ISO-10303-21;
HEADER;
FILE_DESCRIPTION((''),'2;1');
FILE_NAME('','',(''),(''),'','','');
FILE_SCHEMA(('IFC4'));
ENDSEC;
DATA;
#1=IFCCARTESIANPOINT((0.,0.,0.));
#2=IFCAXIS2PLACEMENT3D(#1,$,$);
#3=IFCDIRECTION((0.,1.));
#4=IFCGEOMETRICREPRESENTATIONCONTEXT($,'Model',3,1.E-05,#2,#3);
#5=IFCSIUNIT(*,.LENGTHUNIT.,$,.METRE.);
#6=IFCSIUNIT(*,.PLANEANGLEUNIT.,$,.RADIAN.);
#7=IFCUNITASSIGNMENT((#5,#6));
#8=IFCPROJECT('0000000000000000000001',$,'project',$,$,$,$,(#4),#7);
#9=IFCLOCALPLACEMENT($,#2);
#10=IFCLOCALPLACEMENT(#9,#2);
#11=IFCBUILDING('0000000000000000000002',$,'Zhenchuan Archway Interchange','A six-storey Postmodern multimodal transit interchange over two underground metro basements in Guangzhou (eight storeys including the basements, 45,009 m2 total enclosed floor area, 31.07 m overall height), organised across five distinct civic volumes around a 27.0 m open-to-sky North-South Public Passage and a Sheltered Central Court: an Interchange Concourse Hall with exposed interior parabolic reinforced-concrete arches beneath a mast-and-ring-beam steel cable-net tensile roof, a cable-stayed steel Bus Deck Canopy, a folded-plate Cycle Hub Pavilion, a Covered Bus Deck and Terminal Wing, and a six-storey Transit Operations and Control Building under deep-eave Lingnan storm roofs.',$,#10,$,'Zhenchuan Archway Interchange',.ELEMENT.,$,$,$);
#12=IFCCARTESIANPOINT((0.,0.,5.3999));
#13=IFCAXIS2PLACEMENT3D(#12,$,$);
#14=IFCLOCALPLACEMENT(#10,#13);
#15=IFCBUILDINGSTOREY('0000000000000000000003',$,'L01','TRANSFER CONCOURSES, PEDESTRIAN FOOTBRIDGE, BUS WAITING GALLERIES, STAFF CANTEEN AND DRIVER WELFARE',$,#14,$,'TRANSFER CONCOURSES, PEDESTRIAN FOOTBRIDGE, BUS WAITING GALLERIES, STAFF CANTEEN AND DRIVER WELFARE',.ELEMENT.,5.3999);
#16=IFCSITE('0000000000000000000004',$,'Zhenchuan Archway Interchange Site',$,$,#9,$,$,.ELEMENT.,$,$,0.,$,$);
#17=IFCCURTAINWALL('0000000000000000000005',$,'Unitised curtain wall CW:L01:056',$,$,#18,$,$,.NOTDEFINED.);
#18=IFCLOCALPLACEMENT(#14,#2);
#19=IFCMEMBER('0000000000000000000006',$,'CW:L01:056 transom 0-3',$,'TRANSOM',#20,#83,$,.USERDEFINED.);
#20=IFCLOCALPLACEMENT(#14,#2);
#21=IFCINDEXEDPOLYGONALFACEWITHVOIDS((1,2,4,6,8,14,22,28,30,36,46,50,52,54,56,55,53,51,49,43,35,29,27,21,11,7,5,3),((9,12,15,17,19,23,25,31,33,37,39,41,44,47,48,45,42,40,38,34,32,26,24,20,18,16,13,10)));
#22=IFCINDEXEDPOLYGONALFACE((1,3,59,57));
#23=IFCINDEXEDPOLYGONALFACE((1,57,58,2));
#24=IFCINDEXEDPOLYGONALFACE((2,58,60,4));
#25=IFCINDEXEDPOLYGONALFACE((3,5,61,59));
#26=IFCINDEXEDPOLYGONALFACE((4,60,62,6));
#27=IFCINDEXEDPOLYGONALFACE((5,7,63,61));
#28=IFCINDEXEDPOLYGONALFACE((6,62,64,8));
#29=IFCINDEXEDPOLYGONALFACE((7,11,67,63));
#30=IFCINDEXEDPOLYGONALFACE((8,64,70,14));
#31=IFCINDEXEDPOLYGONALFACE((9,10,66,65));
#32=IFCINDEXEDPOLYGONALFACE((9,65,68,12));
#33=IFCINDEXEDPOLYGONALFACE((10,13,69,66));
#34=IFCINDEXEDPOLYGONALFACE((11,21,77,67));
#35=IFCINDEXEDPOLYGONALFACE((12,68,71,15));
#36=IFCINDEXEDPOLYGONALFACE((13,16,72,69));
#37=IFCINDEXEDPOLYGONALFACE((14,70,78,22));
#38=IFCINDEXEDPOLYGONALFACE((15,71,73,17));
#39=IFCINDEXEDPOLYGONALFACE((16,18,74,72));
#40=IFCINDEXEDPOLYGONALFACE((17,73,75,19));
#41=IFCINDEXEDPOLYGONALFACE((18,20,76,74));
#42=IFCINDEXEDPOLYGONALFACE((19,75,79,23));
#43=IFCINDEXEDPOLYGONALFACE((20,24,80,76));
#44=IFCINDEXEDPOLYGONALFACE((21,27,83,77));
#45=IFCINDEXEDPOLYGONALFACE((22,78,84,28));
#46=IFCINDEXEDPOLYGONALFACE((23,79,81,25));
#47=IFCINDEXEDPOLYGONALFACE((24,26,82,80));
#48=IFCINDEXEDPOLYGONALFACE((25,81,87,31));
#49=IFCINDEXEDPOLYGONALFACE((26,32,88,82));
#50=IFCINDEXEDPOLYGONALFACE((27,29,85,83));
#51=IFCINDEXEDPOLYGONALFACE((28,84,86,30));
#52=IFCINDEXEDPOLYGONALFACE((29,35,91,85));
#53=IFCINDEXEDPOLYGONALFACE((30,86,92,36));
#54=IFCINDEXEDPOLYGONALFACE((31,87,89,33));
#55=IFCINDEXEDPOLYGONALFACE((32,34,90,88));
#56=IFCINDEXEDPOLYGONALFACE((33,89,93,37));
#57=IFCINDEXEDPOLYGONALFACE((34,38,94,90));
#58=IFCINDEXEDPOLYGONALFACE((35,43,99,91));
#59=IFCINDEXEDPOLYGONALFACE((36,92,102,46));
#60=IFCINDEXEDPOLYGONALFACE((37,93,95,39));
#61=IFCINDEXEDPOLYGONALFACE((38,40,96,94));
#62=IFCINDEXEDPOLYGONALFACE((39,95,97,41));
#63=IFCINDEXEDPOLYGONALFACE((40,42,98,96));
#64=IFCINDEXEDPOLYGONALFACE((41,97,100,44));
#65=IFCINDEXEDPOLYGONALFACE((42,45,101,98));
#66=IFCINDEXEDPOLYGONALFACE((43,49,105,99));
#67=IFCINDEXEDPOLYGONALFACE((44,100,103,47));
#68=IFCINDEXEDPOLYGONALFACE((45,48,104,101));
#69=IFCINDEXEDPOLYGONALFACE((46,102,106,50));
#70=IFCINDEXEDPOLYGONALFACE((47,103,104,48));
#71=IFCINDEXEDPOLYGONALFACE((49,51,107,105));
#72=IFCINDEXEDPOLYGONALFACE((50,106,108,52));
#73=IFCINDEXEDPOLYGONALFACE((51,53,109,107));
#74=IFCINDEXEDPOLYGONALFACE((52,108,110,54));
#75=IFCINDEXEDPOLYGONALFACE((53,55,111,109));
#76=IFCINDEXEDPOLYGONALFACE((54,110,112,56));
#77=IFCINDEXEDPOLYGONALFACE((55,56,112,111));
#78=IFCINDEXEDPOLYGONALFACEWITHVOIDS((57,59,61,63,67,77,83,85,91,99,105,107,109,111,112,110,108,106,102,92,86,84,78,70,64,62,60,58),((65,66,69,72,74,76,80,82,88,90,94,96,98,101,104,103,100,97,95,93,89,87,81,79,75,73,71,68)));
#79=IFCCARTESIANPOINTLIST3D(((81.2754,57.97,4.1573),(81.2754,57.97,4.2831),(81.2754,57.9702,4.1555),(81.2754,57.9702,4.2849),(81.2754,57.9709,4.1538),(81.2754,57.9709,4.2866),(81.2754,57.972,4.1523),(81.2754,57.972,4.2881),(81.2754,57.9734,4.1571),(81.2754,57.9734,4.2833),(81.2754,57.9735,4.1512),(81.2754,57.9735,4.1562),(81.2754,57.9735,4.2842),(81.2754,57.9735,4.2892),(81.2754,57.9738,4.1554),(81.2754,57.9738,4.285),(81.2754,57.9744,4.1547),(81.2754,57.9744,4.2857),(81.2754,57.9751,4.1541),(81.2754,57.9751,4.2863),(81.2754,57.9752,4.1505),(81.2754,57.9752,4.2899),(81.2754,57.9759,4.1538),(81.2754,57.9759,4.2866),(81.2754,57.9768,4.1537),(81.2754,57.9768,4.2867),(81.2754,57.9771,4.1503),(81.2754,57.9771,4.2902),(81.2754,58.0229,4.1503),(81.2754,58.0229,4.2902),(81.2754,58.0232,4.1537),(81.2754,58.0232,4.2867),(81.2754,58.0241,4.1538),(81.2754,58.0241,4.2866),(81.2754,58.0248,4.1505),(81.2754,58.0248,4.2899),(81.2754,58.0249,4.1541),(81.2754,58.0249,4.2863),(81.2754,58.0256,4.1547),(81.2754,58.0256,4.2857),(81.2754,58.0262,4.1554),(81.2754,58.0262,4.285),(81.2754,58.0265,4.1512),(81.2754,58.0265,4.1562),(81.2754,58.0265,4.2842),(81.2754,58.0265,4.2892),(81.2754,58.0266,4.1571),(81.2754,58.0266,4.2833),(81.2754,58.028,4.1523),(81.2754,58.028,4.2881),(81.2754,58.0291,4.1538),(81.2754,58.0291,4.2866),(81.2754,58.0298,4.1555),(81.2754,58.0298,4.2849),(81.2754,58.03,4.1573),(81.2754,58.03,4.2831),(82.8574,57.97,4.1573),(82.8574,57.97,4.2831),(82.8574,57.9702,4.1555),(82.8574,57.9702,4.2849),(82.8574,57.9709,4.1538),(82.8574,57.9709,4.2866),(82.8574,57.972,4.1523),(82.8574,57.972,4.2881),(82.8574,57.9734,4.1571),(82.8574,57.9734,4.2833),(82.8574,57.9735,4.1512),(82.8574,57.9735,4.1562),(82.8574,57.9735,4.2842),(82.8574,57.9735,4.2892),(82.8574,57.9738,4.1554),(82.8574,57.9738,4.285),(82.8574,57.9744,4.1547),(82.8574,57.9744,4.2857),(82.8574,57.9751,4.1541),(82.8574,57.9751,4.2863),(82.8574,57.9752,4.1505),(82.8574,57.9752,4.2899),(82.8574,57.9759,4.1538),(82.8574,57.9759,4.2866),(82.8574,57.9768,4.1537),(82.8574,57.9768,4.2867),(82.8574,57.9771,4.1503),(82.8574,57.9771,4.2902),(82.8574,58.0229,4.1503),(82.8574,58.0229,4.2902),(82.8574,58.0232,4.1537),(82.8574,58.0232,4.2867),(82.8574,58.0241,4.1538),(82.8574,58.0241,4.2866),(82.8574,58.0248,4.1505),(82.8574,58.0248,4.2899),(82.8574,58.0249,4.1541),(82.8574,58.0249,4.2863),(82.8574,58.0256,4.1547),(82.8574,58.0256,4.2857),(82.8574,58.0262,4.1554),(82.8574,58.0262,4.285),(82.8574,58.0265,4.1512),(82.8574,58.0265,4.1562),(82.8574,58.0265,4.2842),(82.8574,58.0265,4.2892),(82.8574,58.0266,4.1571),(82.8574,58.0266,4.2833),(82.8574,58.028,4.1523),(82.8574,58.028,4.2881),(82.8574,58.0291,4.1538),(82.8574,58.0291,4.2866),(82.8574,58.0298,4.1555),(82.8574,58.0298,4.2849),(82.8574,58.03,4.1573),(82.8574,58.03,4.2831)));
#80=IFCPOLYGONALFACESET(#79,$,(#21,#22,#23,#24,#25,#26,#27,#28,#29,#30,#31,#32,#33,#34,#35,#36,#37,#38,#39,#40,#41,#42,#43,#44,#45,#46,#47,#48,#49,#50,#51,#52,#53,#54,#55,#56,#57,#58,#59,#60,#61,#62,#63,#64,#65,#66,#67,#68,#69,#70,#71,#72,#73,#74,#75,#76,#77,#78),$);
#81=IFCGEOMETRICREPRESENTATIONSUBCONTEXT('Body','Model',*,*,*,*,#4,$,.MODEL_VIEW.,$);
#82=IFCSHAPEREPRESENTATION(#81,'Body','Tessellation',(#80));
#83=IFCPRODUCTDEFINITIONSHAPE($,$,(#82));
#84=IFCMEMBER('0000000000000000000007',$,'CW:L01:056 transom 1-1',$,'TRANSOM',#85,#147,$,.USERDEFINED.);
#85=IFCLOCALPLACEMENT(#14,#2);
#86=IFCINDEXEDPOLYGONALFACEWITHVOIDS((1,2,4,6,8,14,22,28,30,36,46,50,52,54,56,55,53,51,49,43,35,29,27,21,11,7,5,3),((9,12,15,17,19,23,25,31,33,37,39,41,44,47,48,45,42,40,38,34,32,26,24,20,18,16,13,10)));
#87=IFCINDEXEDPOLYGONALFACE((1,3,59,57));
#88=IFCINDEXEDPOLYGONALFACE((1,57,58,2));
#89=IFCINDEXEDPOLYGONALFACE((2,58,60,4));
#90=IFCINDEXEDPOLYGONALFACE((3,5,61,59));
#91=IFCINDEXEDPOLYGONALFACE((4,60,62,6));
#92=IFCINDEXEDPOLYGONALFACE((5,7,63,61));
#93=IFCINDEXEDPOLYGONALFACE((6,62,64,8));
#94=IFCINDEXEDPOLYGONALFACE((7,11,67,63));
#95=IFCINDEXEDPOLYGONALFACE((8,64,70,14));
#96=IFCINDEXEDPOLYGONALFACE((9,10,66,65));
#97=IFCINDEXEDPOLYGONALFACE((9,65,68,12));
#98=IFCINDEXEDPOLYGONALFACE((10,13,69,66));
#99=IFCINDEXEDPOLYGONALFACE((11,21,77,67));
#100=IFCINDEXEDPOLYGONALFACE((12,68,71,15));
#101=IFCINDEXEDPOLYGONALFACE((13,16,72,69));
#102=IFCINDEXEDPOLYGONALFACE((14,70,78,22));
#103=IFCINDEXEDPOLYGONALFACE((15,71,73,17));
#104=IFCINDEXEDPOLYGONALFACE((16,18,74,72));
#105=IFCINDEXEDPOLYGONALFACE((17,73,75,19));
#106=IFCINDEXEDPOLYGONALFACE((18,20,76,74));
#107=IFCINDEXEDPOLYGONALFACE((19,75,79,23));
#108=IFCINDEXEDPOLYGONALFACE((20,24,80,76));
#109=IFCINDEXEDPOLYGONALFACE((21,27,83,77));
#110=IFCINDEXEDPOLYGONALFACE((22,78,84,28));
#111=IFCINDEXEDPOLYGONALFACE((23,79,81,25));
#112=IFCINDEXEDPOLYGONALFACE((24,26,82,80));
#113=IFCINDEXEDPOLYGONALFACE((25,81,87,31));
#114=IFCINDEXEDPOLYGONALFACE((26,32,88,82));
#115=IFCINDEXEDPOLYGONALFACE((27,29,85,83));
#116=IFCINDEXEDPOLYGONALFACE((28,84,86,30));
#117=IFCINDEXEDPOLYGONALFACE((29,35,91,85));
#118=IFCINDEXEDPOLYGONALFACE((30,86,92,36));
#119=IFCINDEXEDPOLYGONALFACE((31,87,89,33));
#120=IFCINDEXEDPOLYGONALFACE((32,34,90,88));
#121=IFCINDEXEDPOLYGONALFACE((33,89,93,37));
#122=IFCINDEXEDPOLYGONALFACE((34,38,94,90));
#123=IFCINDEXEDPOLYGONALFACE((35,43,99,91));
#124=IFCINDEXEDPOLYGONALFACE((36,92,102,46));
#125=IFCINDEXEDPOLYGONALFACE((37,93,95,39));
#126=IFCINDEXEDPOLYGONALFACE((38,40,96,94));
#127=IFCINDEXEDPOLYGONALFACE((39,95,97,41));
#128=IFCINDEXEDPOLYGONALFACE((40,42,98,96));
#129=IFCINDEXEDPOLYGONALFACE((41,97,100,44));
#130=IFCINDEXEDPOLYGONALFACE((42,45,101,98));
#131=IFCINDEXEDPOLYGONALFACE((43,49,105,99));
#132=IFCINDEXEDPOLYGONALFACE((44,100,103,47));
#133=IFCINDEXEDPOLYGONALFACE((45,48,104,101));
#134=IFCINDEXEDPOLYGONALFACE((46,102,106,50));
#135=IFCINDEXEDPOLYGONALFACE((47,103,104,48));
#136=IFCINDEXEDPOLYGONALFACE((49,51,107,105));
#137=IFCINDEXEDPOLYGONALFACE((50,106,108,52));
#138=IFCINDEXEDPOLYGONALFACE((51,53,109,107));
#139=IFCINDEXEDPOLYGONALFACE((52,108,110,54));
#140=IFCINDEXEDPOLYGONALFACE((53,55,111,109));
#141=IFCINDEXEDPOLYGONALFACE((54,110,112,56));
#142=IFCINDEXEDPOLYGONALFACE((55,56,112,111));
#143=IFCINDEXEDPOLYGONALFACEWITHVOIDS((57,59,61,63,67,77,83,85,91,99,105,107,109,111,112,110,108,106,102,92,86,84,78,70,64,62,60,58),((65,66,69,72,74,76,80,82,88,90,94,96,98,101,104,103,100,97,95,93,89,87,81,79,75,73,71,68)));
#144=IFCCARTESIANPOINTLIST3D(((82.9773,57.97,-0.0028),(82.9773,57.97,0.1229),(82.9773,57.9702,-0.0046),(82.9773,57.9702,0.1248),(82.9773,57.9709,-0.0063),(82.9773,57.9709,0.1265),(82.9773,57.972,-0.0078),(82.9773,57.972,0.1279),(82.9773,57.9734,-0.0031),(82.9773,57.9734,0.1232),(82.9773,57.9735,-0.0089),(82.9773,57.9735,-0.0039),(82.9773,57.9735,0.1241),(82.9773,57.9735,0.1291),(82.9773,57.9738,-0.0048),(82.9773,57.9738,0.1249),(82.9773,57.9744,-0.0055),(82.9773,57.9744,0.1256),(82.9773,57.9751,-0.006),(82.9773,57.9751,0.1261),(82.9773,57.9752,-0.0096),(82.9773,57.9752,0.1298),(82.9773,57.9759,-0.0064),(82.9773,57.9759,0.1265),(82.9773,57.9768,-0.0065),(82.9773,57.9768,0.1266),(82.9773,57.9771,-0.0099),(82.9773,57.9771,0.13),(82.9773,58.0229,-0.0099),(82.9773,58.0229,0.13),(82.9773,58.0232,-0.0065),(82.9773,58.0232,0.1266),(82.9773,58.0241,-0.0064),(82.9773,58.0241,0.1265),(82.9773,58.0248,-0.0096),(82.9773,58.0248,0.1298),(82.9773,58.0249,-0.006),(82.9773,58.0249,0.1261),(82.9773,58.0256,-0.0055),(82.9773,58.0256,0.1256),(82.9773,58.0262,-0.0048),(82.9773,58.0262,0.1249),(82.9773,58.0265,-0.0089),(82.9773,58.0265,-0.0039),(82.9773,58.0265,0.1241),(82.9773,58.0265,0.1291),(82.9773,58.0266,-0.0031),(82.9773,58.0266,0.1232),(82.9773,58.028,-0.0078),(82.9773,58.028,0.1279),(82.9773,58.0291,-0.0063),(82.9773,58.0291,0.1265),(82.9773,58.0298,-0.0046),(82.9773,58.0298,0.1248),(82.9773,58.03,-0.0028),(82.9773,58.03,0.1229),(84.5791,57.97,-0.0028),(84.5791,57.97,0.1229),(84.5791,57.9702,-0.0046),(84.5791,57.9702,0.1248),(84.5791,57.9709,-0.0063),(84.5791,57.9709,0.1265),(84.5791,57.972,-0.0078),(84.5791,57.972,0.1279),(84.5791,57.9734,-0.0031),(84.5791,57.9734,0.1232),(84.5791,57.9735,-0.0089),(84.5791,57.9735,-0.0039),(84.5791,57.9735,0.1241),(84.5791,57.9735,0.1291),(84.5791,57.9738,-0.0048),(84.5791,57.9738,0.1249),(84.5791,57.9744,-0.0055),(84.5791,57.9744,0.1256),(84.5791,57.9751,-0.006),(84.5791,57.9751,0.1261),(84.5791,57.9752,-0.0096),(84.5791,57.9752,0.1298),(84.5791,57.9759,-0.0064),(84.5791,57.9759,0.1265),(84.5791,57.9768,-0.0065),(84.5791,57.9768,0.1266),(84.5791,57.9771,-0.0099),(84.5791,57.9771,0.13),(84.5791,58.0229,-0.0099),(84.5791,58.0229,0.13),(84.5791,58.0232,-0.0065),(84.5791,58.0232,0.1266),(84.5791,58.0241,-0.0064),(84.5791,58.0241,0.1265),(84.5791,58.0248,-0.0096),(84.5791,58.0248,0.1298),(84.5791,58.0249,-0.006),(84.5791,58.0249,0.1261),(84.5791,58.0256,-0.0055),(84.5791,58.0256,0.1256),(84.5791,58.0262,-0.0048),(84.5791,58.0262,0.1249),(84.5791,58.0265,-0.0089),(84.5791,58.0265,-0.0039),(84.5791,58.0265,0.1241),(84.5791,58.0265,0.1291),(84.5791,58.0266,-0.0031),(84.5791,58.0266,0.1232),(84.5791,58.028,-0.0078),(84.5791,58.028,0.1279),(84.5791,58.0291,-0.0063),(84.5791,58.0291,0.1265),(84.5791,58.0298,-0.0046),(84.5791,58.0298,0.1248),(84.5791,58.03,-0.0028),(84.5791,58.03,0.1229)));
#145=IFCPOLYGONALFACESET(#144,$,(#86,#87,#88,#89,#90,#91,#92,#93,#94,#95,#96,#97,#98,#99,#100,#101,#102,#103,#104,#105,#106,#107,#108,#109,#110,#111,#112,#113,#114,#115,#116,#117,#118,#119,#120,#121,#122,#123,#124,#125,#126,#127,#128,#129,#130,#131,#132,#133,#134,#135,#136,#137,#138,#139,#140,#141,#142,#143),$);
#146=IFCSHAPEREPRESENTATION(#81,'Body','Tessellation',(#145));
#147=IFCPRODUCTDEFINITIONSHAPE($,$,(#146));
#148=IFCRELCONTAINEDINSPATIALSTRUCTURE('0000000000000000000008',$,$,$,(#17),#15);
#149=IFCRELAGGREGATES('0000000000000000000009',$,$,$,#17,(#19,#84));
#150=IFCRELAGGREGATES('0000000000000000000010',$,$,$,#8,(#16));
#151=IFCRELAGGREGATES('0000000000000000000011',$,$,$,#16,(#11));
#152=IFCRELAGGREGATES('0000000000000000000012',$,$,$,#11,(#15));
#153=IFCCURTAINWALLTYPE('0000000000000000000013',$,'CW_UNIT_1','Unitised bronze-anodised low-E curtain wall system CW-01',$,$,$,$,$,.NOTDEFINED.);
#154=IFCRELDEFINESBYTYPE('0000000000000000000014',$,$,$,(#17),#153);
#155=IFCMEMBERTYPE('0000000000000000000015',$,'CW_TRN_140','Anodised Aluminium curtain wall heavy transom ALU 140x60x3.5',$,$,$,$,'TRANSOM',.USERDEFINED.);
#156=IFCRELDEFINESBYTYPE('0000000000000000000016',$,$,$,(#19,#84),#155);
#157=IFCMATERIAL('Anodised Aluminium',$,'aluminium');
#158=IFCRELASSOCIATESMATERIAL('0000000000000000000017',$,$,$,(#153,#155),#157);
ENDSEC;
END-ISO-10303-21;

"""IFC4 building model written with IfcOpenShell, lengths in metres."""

from ifc_helpers import new_model, si_unit, direction, frame, origin, origin_2d, place, context, subcontext, project, spatial, hollow_rectangle, extrude, material, material_profile, profile_set, type_object, element, aggregate, save


model = new_model("IFC4")

# Units and contexts
model_context = context("Model", 3, precision=1e-05, world=origin(), true_north=direction((0.0, 1.0)))
body_context = subcontext(model_context, "Body", "Model", "MODEL_VIEW")
ifc_project = project(units=[si_unit("LENGTHUNIT", "METRE"), si_unit("PLANEANGLEUNIT", "RADIAN")], contexts=[model_context])

# Site, building, storey
site_placement = place(None, origin())
site = spatial("IfcSite", under=ifc_project, at=site_placement, Name="Zhenchuan Archway Interchange Site", CompositionType="ELEMENT", RefElevation=0.0)
building_placement = place(site_placement, origin())
building = spatial("IfcBuilding", under=site, at=building_placement, Name="Zhenchuan Archway Interchange", Description="A six-storey Postmodern multimodal transit interchange over two underground metro basements in Guangzhou (eight storeys including the basements, 45,009 m2 total enclosed floor area, 31.07 m overall height), organised across five distinct civic volumes around a 27.0 m open-to-sky North-South Public Passage and a Sheltered Central Court: an Interchange Concourse Hall with exposed interior parabolic reinforced-concrete arches beneath a mast-and-ring-beam steel cable-net tensile roof, a cable-stayed steel Bus Deck Canopy, a folded-plate Cycle Hub Pavilion, a Covered Bus Deck and Terminal Wing, and a six-storey Transit Operations and Control Building under deep-eave Lingnan storm roofs.", LongName="Zhenchuan Archway Interchange", CompositionType="ELEMENT")
storey_placement = place(building_placement, frame((0.0, 0.0, 5.3999)))
storey = spatial("IfcBuildingStorey", under=building, at=storey_placement, Name="L01", Description="TRANSFER CONCOURSES, PEDESTRIAN FOOTBRIDGE, BUS WAITING GALLERIES, STAFF CANTEEN AND DRIVER WELFARE", LongName="TRANSFER CONCOURSES, PEDESTRIAN FOOTBRIDGE, BUS WAITING GALLERIES, STAFF CANTEEN AND DRIVER WELFARE", CompositionType="ELEMENT", Elevation=5.3999)

# Shared definitions
ifc_material_1 = material(Name="Anodised Aluminium", Category="aluminium")

# Curtain wall
curtain_wall_type_1 = type_object("IfcCurtainWallType", Name="CW_UNIT_1", Description="Unitised bronze-anodised low-E curtain wall system CW-01", PredefinedType="NOTDEFINED", material=ifc_material_1)
curtain_wall_1_placement = place(storey_placement, origin())
curtain_wall_1 = element("IfcCurtainWall", 1, at=curtain_wall_1_placement, inside=storey, type_object=curtain_wall_type_1, Name="Unitised curtain wall CW:L01:056", PredefinedType="NOTDEFINED")

# Members
ifc_material_profile_1 = material_profile(ifc_material_1, hollow_rectangle(XDim=0.0601, YDim=0.1399, WallThickness=0.0034, InnerFilletRadius=0.0034, OuterFilletRadius=0.0071, at=origin_2d()), Name="ALU 140x60x3.5")
ifc_profile_set_1 = profile_set([ifc_material_profile_1], Name="Anodised Aluminium")
member_type_1 = type_object("IfcMemberType", Name="CW_TRN_140", Description="Anodised Aluminium curtain wall heavy transom ALU 140x60x3.5", ElementType="TRANSOM", PredefinedType="USERDEFINED", material=ifc_profile_set_1)
member_1_placement = place(storey_placement, frame((81.2754, 58.0, 4.2202), z_axis=(1.0, 0.0, 0.0), x_axis=(0.0, 1.0, 0.0)))
member_1 = element("IfcMember", 2, at=member_1_placement, type_object=member_type_1, Name="CW:L01:056 transom 0-3", ObjectType="TRANSOM", PredefinedType="USERDEFINED", context=body_context, shape_type="SweptSolid", body=[
    extrude(hollow_rectangle(XDim=0.0601, YDim=0.1399, WallThickness=0.0034, InnerFilletRadius=0.0034, OuterFilletRadius=0.0071, at=origin_2d()), origin(), (0.0, 0.0, 1.0), 1.582),
])
member_2_placement = place(storey_placement, frame((82.9773, 58.0, 0.0601), z_axis=(1.0, 0.0, 0.0), x_axis=(0.0, 1.0, 0.0)))
member_2 = element("IfcMember", 3, at=member_2_placement, type_object=member_type_1, Name="CW:L01:056 transom 1-1", ObjectType="TRANSOM", PredefinedType="USERDEFINED", context=body_context, shape_type="SweptSolid", body=[
    extrude(hollow_rectangle(XDim=0.0601, YDim=0.1399, WallThickness=0.0034, InnerFilletRadius=0.0034, OuterFilletRadius=0.0071, at=origin_2d()), origin(), (0.0, 0.0, 1.0), 1.6018),
])

aggregate(curtain_wall_1, [member_1, member_2])

save(model, "model.ifc")
